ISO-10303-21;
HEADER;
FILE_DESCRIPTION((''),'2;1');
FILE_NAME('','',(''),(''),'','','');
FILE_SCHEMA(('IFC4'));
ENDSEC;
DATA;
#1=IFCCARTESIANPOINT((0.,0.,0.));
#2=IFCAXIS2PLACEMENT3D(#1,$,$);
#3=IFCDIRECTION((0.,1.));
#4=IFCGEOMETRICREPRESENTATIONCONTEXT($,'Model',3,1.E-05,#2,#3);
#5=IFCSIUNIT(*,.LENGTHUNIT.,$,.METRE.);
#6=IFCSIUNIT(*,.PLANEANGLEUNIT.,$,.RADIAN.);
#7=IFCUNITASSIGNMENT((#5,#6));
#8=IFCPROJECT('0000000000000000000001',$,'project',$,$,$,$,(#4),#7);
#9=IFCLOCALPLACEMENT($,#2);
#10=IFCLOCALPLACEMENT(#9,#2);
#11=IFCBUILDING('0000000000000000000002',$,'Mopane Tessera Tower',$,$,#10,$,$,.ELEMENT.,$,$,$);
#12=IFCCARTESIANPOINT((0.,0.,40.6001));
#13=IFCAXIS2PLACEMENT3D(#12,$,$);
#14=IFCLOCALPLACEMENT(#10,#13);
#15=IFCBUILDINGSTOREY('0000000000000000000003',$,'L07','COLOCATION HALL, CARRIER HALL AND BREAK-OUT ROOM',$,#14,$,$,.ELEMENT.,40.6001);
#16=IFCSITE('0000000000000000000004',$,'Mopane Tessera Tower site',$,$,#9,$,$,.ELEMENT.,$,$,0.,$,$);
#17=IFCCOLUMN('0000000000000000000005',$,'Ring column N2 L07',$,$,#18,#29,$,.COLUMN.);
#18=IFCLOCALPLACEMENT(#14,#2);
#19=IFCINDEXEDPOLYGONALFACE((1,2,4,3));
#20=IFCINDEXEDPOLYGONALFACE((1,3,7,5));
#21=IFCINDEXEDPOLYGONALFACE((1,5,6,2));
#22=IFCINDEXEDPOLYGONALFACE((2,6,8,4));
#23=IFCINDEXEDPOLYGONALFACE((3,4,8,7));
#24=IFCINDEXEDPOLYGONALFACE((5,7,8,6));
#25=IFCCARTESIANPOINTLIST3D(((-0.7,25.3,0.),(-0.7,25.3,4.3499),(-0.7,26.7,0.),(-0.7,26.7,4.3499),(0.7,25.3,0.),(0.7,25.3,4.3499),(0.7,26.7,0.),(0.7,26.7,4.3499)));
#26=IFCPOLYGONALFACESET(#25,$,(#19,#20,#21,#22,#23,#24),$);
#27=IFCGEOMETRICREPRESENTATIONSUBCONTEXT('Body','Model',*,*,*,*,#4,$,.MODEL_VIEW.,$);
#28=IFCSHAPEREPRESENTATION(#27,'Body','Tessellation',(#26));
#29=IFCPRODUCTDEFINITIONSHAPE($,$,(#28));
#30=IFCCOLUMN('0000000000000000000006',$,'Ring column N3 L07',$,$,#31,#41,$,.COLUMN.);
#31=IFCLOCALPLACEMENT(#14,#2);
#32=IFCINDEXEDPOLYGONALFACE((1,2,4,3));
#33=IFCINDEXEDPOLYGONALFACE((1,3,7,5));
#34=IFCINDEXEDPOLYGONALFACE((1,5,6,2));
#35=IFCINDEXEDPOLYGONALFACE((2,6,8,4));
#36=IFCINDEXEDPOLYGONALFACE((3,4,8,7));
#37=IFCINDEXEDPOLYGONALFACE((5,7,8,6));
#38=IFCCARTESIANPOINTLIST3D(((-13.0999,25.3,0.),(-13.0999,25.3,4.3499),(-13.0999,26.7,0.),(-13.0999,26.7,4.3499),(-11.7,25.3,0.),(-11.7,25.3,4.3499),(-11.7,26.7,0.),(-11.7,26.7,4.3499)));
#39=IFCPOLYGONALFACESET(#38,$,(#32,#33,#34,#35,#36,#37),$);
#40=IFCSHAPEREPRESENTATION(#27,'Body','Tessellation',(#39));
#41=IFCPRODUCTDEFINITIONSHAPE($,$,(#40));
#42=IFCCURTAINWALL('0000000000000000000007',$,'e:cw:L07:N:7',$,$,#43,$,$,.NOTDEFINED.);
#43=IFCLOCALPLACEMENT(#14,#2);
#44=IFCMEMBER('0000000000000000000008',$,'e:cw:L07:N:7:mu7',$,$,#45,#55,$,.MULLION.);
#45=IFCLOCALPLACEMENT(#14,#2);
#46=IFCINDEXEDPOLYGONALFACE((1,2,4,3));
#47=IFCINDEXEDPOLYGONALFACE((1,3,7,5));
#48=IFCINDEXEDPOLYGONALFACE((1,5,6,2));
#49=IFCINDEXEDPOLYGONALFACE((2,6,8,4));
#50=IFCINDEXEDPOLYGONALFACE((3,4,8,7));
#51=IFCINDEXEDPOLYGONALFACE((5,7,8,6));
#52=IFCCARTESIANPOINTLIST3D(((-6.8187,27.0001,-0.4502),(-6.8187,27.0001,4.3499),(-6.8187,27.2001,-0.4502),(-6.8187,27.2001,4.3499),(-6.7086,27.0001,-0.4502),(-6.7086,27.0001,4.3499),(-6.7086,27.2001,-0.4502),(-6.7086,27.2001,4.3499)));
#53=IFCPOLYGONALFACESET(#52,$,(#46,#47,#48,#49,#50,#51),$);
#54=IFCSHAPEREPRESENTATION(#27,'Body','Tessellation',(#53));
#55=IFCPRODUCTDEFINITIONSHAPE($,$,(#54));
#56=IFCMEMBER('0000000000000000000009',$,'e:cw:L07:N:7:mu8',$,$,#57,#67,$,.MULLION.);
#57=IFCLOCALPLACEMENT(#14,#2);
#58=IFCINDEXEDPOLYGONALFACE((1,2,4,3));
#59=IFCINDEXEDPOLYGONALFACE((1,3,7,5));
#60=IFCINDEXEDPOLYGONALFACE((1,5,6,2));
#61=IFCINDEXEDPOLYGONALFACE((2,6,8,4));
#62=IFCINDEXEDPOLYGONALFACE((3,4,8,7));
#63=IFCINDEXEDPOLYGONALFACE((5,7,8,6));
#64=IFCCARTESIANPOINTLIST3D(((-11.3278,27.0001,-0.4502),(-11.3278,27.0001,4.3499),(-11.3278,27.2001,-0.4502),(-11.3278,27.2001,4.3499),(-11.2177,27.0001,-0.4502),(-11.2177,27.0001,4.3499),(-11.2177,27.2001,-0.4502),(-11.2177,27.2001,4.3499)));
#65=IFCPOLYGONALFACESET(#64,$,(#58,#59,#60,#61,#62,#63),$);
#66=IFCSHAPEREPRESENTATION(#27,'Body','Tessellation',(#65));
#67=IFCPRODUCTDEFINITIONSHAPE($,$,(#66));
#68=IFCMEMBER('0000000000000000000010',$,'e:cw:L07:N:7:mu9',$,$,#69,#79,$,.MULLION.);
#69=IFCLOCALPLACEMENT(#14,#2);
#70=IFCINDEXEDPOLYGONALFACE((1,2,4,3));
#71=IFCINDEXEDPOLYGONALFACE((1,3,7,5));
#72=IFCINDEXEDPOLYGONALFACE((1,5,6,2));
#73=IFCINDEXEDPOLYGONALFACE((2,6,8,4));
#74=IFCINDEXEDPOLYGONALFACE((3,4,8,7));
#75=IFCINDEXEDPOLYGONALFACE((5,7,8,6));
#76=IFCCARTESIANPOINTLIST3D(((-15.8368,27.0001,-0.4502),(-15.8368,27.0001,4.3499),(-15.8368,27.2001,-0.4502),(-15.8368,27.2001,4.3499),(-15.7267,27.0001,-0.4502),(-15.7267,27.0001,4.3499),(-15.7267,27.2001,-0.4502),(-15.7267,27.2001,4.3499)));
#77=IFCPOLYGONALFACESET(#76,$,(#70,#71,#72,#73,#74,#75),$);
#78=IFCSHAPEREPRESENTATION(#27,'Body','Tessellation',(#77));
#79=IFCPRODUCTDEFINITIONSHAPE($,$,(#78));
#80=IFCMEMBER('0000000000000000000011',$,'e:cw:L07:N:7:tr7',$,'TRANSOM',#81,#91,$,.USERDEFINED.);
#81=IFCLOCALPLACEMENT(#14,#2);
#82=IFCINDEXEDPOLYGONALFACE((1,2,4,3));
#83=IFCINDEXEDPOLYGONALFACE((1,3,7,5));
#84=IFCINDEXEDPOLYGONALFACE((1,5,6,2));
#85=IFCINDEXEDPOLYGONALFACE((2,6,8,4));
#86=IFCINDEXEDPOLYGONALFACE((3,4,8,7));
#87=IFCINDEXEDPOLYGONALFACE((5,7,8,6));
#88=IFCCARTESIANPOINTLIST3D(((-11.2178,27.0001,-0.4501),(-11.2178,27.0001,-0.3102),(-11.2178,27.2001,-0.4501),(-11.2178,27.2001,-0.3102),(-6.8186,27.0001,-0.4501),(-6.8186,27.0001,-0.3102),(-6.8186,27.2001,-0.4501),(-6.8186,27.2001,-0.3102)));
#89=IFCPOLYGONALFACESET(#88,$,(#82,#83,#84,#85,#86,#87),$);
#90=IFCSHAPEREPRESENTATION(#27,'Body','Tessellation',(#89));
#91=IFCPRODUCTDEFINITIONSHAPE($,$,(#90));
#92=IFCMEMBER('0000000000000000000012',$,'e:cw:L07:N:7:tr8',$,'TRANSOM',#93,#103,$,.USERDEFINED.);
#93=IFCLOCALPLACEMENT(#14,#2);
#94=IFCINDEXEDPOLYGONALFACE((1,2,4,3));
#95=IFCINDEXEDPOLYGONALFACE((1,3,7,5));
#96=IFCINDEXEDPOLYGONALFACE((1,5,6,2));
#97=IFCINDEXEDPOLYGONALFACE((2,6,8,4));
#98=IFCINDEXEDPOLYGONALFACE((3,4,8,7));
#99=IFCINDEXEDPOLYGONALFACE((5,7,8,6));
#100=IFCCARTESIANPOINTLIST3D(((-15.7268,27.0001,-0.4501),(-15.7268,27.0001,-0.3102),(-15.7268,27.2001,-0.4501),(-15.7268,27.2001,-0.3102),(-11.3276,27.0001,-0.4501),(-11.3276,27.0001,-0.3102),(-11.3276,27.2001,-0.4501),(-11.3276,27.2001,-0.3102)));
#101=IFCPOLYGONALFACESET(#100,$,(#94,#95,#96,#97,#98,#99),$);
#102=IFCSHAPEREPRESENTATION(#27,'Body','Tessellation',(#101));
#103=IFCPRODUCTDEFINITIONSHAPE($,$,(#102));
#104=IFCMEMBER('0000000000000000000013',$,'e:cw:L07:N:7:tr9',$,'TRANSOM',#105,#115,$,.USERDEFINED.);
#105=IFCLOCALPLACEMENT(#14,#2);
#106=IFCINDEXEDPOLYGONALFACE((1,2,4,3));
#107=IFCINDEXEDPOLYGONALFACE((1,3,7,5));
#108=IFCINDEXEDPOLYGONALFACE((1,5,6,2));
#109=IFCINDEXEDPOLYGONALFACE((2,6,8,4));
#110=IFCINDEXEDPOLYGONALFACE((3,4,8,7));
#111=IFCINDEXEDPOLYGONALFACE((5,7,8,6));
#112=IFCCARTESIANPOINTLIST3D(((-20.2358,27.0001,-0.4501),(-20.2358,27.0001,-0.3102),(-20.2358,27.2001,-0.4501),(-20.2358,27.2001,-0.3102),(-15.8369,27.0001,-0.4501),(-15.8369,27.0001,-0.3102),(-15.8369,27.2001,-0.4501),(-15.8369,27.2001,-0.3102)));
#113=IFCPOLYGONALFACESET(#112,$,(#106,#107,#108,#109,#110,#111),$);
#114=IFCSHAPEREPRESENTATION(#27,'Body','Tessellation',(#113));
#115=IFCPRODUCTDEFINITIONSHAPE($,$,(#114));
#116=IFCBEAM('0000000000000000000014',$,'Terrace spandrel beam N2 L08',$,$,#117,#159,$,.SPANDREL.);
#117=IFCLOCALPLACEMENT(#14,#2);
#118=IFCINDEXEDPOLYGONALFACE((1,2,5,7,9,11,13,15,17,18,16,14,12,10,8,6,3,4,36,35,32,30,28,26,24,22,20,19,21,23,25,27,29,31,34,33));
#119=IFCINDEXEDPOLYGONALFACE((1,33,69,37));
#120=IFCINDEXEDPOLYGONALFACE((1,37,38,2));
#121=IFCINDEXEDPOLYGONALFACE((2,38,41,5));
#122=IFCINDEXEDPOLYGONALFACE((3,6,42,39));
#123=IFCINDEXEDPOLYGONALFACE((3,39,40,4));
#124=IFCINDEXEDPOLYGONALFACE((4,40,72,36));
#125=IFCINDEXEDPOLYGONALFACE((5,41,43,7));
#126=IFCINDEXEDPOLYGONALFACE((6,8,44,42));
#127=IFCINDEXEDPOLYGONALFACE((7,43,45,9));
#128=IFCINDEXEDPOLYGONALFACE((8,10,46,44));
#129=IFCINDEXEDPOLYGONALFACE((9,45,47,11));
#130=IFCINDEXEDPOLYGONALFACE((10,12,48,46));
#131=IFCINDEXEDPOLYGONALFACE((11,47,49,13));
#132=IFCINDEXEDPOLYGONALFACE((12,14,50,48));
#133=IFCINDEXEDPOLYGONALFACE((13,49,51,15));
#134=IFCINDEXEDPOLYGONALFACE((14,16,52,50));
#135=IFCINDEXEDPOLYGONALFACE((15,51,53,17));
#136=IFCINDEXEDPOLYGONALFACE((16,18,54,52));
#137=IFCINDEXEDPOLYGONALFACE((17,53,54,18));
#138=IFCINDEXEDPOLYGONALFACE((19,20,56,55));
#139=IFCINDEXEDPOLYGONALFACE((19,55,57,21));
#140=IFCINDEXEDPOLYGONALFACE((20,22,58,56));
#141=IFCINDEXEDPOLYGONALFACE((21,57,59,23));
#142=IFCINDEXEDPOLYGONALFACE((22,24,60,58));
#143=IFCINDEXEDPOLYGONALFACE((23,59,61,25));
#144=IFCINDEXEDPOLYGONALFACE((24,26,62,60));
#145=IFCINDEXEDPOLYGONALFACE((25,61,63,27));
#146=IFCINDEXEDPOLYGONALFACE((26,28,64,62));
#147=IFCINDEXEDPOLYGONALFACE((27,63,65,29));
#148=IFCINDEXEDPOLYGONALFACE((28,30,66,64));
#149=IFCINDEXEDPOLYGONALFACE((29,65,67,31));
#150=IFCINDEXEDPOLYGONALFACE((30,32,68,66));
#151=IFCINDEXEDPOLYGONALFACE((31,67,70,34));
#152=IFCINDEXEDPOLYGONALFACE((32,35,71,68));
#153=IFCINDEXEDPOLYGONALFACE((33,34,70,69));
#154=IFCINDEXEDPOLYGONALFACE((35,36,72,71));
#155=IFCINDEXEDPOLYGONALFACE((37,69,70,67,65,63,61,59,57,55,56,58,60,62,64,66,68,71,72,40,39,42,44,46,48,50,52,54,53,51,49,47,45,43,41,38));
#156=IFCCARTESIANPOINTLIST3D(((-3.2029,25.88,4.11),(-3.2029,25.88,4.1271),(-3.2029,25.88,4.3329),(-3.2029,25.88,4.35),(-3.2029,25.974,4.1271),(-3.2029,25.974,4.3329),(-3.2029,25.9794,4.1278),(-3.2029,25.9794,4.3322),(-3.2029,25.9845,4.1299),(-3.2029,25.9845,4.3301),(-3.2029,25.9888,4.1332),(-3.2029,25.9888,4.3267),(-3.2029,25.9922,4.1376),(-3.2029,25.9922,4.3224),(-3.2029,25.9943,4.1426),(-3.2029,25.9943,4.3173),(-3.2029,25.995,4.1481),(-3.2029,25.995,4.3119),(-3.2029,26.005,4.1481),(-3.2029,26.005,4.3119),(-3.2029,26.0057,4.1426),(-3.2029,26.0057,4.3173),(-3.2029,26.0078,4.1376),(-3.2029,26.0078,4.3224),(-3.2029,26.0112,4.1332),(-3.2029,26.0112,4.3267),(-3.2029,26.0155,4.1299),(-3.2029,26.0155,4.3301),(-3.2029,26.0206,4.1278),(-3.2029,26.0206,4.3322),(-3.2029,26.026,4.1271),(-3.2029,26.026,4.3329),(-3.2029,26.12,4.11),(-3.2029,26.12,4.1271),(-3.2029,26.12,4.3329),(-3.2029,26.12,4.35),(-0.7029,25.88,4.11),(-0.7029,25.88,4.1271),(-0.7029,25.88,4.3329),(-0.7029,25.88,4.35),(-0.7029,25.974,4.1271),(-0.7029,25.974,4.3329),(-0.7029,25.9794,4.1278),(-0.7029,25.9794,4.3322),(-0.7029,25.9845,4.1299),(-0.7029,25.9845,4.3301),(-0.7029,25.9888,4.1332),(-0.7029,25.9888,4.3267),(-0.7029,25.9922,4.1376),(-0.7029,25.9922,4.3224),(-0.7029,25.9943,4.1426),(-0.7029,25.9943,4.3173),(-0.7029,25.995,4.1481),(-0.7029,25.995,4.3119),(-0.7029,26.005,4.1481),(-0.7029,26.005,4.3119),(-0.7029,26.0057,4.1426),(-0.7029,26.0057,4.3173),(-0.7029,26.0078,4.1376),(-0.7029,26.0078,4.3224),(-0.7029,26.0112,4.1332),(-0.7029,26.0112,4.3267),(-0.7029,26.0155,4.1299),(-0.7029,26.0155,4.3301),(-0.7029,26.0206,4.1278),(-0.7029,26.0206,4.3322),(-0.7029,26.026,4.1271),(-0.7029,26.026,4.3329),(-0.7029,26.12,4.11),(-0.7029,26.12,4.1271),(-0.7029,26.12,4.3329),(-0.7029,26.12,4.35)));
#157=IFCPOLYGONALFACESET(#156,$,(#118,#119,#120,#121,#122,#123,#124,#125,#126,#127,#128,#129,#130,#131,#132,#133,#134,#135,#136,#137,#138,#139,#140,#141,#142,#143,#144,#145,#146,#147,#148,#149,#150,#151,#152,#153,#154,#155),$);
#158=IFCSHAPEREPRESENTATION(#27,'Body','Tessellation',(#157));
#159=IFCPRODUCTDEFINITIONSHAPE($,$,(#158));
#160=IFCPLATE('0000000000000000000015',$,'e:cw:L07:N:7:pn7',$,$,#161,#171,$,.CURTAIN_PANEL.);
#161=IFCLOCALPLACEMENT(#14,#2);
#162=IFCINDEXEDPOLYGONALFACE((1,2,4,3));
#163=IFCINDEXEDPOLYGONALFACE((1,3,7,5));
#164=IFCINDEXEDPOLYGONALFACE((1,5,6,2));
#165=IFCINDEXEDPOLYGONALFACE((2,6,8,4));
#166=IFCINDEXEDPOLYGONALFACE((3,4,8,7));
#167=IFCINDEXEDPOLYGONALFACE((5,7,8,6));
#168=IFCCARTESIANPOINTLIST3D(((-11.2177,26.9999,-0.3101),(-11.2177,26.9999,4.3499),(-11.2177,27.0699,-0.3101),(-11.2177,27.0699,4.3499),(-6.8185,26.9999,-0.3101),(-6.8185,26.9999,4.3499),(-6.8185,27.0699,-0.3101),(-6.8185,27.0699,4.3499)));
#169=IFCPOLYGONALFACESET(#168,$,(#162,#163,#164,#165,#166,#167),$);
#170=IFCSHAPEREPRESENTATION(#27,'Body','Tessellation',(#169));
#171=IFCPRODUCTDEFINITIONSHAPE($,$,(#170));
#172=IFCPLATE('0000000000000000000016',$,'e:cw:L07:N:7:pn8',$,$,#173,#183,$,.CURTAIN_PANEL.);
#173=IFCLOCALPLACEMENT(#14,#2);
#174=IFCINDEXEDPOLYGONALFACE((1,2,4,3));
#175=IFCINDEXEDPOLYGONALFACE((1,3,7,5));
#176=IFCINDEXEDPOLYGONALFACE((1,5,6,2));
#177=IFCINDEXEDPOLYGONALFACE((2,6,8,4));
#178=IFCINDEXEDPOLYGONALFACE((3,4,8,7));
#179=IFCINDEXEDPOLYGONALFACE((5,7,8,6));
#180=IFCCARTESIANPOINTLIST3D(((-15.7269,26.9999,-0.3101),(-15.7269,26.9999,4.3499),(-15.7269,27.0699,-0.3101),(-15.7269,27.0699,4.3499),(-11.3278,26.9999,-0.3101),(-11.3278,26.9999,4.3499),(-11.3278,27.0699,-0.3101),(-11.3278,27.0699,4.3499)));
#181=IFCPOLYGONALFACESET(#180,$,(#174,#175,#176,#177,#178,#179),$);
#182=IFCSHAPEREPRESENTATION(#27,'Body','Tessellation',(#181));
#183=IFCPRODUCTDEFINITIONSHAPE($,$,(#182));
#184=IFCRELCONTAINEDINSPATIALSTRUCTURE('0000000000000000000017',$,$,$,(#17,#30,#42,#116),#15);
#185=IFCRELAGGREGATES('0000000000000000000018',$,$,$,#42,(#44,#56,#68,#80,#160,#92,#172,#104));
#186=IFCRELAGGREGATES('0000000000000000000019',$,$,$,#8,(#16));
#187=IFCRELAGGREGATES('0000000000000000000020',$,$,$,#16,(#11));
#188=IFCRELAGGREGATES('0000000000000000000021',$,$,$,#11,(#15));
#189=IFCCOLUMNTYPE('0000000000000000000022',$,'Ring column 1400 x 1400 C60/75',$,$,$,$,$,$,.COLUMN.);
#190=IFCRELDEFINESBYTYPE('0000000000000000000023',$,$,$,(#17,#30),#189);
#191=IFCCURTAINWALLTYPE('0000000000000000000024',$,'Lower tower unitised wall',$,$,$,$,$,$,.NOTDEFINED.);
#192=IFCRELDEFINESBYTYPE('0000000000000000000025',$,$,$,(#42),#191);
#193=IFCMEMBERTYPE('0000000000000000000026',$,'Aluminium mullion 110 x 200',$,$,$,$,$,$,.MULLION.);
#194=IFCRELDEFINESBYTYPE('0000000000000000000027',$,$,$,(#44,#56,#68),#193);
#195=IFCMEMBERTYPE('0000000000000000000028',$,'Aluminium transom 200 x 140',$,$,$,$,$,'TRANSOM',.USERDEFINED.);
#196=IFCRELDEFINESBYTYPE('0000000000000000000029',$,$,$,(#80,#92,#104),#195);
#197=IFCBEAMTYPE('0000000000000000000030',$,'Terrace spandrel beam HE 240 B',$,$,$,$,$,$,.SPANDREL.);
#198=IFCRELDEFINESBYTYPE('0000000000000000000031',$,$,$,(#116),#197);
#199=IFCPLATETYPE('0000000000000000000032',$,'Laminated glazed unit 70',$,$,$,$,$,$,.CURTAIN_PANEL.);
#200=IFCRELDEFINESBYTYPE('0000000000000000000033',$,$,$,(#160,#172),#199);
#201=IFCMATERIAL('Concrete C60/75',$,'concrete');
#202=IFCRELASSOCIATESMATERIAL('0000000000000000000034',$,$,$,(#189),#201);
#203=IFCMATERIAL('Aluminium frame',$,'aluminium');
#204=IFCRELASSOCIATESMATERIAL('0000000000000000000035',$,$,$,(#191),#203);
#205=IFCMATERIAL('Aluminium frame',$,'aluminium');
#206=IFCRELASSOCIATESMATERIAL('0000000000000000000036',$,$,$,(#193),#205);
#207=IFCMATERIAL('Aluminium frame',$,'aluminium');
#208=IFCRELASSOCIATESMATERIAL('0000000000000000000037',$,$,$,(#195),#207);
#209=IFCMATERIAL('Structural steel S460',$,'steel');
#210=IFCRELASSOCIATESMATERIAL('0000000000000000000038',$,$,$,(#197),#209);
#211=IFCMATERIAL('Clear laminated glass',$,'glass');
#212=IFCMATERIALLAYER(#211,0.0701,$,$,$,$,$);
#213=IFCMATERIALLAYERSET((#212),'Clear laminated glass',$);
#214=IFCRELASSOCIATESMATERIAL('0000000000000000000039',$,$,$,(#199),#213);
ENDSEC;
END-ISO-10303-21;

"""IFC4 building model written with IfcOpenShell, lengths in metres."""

from ifc_helpers import new_model, si_unit, direction, frame, origin, origin_2d, place, context, subcontext, project, spatial, rectangle, i_section, extrude, material, layer, layer_set, material_profile, profile_set, type_object, element, aggregate, save


model = new_model("IFC4")

# Units and contexts
model_context = context("Model", 3, precision=1e-05, world=origin(), true_north=direction((0.0, 1.0)))
body_context = subcontext(model_context, "Body", "Model", "MODEL_VIEW")
ifc_project = project(units=[si_unit("LENGTHUNIT", "METRE"), si_unit("PLANEANGLEUNIT", "RADIAN")], contexts=[model_context])

# Site, building, storey
site_placement = place(None, origin())
site = spatial("IfcSite", under=ifc_project, at=site_placement, Name="Mopane Tessera Tower site", CompositionType="ELEMENT", RefElevation=0.0)
building_placement = place(site_placement, origin())
building = spatial("IfcBuilding", under=site, at=building_placement, Name="Mopane Tessera Tower", CompositionType="ELEMENT")
storey_placement = place(building_placement, frame((0.0, 0.0, 40.6001)))
storey = spatial("IfcBuildingStorey", under=building, at=storey_placement, Name="L07", Description="COLOCATION HALL, CARRIER HALL AND BREAK-OUT ROOM", CompositionType="ELEMENT", Elevation=40.6001)

# Columns
ifc_material_1 = material(Name="Concrete C60/75", Category="concrete")
ifc_material_profile_1 = material_profile(ifc_material_1, rectangle(XDim=1.3999, YDim=1.3999, at=origin_2d()))
ifc_profile_set_1 = profile_set([ifc_material_profile_1], Name="Concrete C60/75")
column_type = type_object("IfcColumnType", Name="Ring column 1400 x 1400 C60/75", PredefinedType="COLUMN", material=ifc_profile_set_1)
for number, where, z_axis, x_axis, name in (
    (1, (0.0, 26.0, 0.0), (0.0, 0.0, 1.0), (1.0, 0.0, 0.0), "Ring column N2 L07"),
    (2, (-12.3999, 26.0, 0.0), (0.0, 0.0, 1.0), (1.0, 0.0, 0.0), "Ring column N3 L07"),
):
    element("IfcColumn", number, at=place(storey_placement, frame(where, z_axis=z_axis, x_axis=x_axis)), inside=storey, type_object=column_type, Name=name, PredefinedType="COLUMN", context=body_context, shape_type="SweptSolid", body=[
        extrude(rectangle(XDim=1.3999, YDim=1.3999, at=origin_2d()), origin(), (0.0, 0.0, 1.0), 4.3499),
    ])

# Curtain wall, members
ifc_material_2 = material(Name="Aluminium frame", Category="aluminium")
curtain_wall_type = type_object("IfcCurtainWallType", Name="Lower tower unitised wall", PredefinedType="NOTDEFINED", material=ifc_material_2)
curtain_wall_placement = place(storey_placement, origin())
curtain_wall = element("IfcCurtainWall", 3, at=curtain_wall_placement, inside=storey, type_object=curtain_wall_type, Name="e:cw:L07:N:7", PredefinedType="NOTDEFINED")
ifc_material_3 = material(Name="Aluminium frame", Category="aluminium")
ifc_material_profile_2 = material_profile(ifc_material_3, rectangle(XDim=0.1101, YDim=0.2, at=origin_2d()))
ifc_profile_set_2 = profile_set([ifc_material_profile_2], Name="Aluminium frame")
member_type_1 = type_object("IfcMemberType", Name="Aluminium mullion 110 x 200", PredefinedType="MULLION", material=ifc_profile_set_2)
member_1_placement = place(storey_placement, frame((-6.7637, 27.1001, -0.4502), z_axis=(0.0, 0.0, 1.0), x_axis=(-1.0, 0.0, 0.0)))
member_1 = element("IfcMember", 4, at=member_1_placement, type_object=member_type_1, Name="e:cw:L07:N:7:mu7", PredefinedType="MULLION", context=body_context, shape_type="SweptSolid", body=[
    extrude(rectangle(XDim=0.1101, YDim=0.2, at=origin_2d()), origin(), (0.0, 0.0, 1.0), 4.8),
])
member_2_placement = place(storey_placement, frame((-11.2727, 27.1001, -0.4502), z_axis=(0.0, 0.0, 1.0), x_axis=(-1.0, 0.0, 0.0)))
member_2 = element("IfcMember", 5, at=member_2_placement, type_object=member_type_1, Name="e:cw:L07:N:7:mu8", PredefinedType="MULLION", context=body_context, shape_type="SweptSolid", body=[
    extrude(rectangle(XDim=0.1101, YDim=0.2, at=origin_2d()), origin(), (0.0, 0.0, 1.0), 4.8),
])
member_3_placement = place(storey_placement, frame((-15.7817, 27.1001, -0.4502), z_axis=(0.0, 0.0, 1.0), x_axis=(-1.0, 0.0, 0.0)))
member_3 = element("IfcMember", 6, at=member_3_placement, type_object=member_type_1, Name="e:cw:L07:N:7:mu9", PredefinedType="MULLION", context=body_context, shape_type="SweptSolid", body=[
    extrude(rectangle(XDim=0.1101, YDim=0.2, at=origin_2d()), origin(), (0.0, 0.0, 1.0), 4.8),
])
ifc_material_4 = material(Name="Aluminium frame", Category="aluminium")
ifc_material_profile_3 = material_profile(ifc_material_4, rectangle(XDim=0.2, YDim=0.1399, at=origin_2d()))
ifc_profile_set_3 = profile_set([ifc_material_profile_3], Name="Aluminium frame")
member_type_2 = type_object("IfcMemberType", Name="Aluminium transom 200 x 140", ElementType="TRANSOM", PredefinedType="USERDEFINED", material=ifc_profile_set_3)
member_4_placement = place(storey_placement, frame((-6.8186, 27.1001, -0.3801), z_axis=(-1.0, 0.0, 0.0), x_axis=(0.0, -1.0, 0.0)))
member_4 = element("IfcMember", 7, at=member_4_placement, type_object=member_type_2, Name="e:cw:L07:N:7:tr7", ObjectType="TRANSOM", PredefinedType="USERDEFINED", context=body_context, shape_type="SweptSolid", body=[
    extrude(rectangle(XDim=0.2, YDim=0.1399, at=origin_2d()), origin(), (0.0, 0.0, 1.0), 4.3992),
])
member_5_placement = place(storey_placement, frame((-11.3276, 27.1001, -0.3801), z_axis=(-1.0, 0.0, 0.0), x_axis=(0.0, -1.0, 0.0)))
member_5 = element("IfcMember", 8, at=member_5_placement, type_object=member_type_2, Name="e:cw:L07:N:7:tr8", ObjectType="TRANSOM", PredefinedType="USERDEFINED", context=body_context, shape_type="SweptSolid", body=[
    extrude(rectangle(XDim=0.2, YDim=0.1399, at=origin_2d()), origin(), (0.0, 0.0, 1.0), 4.3992),
])
member_6_placement = place(storey_placement, frame((-15.8369, 27.1001, -0.3801), z_axis=(-1.0, 0.0, 0.0), x_axis=(0.0, -1.0, 0.0)))
member_6 = element("IfcMember", 9, at=member_6_placement, type_object=member_type_2, Name="e:cw:L07:N:7:tr9", ObjectType="TRANSOM", PredefinedType="USERDEFINED", context=body_context, shape_type="SweptSolid", body=[
    extrude(rectangle(XDim=0.2, YDim=0.1399, at=origin_2d()), origin(), (0.0, 0.0, 1.0), 4.3989),
])

# Beam
ifc_material_5 = material(Name="Structural steel S460", Category="steel")
ifc_material_profile_4 = material_profile(ifc_material_5, i_section(OverallWidth=0.24, OverallDepth=0.24, WebThickness=0.01, FlangeThickness=0.0171, FilletRadius=0.021, at=origin_2d()))
ifc_profile_set_4 = profile_set([ifc_material_profile_4], Name="Structural steel S460")
beam_type = type_object("IfcBeamType", Name="Terrace spandrel beam HE 240 B", PredefinedType="SPANDREL", material=ifc_profile_set_4)
beam_placement = place(storey_placement, frame((-0.7029, 26.0, 4.23), z_axis=(-1.0, 0.0, 0.0), x_axis=(0.0, -1.0, 0.0)))
element("IfcBeam", 10, at=beam_placement, inside=storey, type_object=beam_type, Name="Terrace spandrel beam N2 L08", PredefinedType="SPANDREL", context=body_context, shape_type="SweptSolid", body=[
    extrude(i_section(OverallWidth=0.24, OverallDepth=0.24, WebThickness=0.01, FlangeThickness=0.0171, FilletRadius=0.021, at=origin_2d()), origin(), (0.0, 0.0, 1.0), 2.5),
])

# Plates
ifc_material_6 = material(Name="Clear laminated glass", Category="glass")
ifc_layer_1 = layer(ifc_material_6, 0.0701)
ifc_layer_set_1 = layer_set([ifc_layer_1], Name="Clear laminated glass")
plate_type = type_object("IfcPlateType", Name="Laminated glazed unit 70", PredefinedType="CURTAIN_PANEL", material=ifc_layer_set_1)
plate_1_placement = place(storey_placement, frame((-9.0181, 27.0349, -0.3101), z_axis=(0.0, 0.0, 1.0), x_axis=(-1.0, 0.0, 0.0)))
plate_1 = element("IfcPlate", 11, at=plate_1_placement, type_object=plate_type, Name="e:cw:L07:N:7:pn7", PredefinedType="CURTAIN_PANEL", context=body_context, shape_type="SweptSolid", body=[
    extrude(rectangle(XDim=4.3992, YDim=0.0701, at=origin_2d()), origin(), (0.0, 0.0, 1.0), 4.6599),
])
plate_2_placement = place(storey_placement, frame((-13.5273, 27.0349, -0.3101), z_axis=(0.0, 0.0, 1.0), x_axis=(-1.0, 0.0, 0.0)))
plate_2 = element("IfcPlate", 12, at=plate_2_placement, type_object=plate_type, Name="e:cw:L07:N:7:pn8", PredefinedType="CURTAIN_PANEL", context=body_context, shape_type="SweptSolid", body=[
    extrude(rectangle(XDim=4.3992, YDim=0.0701, at=origin_2d()), origin(), (0.0, 0.0, 1.0), 4.6599),
])
aggregate(curtain_wall, [member_1, member_2, member_3, member_4, plate_1, member_5, plate_2, member_6])

save(model, "model.ifc")
